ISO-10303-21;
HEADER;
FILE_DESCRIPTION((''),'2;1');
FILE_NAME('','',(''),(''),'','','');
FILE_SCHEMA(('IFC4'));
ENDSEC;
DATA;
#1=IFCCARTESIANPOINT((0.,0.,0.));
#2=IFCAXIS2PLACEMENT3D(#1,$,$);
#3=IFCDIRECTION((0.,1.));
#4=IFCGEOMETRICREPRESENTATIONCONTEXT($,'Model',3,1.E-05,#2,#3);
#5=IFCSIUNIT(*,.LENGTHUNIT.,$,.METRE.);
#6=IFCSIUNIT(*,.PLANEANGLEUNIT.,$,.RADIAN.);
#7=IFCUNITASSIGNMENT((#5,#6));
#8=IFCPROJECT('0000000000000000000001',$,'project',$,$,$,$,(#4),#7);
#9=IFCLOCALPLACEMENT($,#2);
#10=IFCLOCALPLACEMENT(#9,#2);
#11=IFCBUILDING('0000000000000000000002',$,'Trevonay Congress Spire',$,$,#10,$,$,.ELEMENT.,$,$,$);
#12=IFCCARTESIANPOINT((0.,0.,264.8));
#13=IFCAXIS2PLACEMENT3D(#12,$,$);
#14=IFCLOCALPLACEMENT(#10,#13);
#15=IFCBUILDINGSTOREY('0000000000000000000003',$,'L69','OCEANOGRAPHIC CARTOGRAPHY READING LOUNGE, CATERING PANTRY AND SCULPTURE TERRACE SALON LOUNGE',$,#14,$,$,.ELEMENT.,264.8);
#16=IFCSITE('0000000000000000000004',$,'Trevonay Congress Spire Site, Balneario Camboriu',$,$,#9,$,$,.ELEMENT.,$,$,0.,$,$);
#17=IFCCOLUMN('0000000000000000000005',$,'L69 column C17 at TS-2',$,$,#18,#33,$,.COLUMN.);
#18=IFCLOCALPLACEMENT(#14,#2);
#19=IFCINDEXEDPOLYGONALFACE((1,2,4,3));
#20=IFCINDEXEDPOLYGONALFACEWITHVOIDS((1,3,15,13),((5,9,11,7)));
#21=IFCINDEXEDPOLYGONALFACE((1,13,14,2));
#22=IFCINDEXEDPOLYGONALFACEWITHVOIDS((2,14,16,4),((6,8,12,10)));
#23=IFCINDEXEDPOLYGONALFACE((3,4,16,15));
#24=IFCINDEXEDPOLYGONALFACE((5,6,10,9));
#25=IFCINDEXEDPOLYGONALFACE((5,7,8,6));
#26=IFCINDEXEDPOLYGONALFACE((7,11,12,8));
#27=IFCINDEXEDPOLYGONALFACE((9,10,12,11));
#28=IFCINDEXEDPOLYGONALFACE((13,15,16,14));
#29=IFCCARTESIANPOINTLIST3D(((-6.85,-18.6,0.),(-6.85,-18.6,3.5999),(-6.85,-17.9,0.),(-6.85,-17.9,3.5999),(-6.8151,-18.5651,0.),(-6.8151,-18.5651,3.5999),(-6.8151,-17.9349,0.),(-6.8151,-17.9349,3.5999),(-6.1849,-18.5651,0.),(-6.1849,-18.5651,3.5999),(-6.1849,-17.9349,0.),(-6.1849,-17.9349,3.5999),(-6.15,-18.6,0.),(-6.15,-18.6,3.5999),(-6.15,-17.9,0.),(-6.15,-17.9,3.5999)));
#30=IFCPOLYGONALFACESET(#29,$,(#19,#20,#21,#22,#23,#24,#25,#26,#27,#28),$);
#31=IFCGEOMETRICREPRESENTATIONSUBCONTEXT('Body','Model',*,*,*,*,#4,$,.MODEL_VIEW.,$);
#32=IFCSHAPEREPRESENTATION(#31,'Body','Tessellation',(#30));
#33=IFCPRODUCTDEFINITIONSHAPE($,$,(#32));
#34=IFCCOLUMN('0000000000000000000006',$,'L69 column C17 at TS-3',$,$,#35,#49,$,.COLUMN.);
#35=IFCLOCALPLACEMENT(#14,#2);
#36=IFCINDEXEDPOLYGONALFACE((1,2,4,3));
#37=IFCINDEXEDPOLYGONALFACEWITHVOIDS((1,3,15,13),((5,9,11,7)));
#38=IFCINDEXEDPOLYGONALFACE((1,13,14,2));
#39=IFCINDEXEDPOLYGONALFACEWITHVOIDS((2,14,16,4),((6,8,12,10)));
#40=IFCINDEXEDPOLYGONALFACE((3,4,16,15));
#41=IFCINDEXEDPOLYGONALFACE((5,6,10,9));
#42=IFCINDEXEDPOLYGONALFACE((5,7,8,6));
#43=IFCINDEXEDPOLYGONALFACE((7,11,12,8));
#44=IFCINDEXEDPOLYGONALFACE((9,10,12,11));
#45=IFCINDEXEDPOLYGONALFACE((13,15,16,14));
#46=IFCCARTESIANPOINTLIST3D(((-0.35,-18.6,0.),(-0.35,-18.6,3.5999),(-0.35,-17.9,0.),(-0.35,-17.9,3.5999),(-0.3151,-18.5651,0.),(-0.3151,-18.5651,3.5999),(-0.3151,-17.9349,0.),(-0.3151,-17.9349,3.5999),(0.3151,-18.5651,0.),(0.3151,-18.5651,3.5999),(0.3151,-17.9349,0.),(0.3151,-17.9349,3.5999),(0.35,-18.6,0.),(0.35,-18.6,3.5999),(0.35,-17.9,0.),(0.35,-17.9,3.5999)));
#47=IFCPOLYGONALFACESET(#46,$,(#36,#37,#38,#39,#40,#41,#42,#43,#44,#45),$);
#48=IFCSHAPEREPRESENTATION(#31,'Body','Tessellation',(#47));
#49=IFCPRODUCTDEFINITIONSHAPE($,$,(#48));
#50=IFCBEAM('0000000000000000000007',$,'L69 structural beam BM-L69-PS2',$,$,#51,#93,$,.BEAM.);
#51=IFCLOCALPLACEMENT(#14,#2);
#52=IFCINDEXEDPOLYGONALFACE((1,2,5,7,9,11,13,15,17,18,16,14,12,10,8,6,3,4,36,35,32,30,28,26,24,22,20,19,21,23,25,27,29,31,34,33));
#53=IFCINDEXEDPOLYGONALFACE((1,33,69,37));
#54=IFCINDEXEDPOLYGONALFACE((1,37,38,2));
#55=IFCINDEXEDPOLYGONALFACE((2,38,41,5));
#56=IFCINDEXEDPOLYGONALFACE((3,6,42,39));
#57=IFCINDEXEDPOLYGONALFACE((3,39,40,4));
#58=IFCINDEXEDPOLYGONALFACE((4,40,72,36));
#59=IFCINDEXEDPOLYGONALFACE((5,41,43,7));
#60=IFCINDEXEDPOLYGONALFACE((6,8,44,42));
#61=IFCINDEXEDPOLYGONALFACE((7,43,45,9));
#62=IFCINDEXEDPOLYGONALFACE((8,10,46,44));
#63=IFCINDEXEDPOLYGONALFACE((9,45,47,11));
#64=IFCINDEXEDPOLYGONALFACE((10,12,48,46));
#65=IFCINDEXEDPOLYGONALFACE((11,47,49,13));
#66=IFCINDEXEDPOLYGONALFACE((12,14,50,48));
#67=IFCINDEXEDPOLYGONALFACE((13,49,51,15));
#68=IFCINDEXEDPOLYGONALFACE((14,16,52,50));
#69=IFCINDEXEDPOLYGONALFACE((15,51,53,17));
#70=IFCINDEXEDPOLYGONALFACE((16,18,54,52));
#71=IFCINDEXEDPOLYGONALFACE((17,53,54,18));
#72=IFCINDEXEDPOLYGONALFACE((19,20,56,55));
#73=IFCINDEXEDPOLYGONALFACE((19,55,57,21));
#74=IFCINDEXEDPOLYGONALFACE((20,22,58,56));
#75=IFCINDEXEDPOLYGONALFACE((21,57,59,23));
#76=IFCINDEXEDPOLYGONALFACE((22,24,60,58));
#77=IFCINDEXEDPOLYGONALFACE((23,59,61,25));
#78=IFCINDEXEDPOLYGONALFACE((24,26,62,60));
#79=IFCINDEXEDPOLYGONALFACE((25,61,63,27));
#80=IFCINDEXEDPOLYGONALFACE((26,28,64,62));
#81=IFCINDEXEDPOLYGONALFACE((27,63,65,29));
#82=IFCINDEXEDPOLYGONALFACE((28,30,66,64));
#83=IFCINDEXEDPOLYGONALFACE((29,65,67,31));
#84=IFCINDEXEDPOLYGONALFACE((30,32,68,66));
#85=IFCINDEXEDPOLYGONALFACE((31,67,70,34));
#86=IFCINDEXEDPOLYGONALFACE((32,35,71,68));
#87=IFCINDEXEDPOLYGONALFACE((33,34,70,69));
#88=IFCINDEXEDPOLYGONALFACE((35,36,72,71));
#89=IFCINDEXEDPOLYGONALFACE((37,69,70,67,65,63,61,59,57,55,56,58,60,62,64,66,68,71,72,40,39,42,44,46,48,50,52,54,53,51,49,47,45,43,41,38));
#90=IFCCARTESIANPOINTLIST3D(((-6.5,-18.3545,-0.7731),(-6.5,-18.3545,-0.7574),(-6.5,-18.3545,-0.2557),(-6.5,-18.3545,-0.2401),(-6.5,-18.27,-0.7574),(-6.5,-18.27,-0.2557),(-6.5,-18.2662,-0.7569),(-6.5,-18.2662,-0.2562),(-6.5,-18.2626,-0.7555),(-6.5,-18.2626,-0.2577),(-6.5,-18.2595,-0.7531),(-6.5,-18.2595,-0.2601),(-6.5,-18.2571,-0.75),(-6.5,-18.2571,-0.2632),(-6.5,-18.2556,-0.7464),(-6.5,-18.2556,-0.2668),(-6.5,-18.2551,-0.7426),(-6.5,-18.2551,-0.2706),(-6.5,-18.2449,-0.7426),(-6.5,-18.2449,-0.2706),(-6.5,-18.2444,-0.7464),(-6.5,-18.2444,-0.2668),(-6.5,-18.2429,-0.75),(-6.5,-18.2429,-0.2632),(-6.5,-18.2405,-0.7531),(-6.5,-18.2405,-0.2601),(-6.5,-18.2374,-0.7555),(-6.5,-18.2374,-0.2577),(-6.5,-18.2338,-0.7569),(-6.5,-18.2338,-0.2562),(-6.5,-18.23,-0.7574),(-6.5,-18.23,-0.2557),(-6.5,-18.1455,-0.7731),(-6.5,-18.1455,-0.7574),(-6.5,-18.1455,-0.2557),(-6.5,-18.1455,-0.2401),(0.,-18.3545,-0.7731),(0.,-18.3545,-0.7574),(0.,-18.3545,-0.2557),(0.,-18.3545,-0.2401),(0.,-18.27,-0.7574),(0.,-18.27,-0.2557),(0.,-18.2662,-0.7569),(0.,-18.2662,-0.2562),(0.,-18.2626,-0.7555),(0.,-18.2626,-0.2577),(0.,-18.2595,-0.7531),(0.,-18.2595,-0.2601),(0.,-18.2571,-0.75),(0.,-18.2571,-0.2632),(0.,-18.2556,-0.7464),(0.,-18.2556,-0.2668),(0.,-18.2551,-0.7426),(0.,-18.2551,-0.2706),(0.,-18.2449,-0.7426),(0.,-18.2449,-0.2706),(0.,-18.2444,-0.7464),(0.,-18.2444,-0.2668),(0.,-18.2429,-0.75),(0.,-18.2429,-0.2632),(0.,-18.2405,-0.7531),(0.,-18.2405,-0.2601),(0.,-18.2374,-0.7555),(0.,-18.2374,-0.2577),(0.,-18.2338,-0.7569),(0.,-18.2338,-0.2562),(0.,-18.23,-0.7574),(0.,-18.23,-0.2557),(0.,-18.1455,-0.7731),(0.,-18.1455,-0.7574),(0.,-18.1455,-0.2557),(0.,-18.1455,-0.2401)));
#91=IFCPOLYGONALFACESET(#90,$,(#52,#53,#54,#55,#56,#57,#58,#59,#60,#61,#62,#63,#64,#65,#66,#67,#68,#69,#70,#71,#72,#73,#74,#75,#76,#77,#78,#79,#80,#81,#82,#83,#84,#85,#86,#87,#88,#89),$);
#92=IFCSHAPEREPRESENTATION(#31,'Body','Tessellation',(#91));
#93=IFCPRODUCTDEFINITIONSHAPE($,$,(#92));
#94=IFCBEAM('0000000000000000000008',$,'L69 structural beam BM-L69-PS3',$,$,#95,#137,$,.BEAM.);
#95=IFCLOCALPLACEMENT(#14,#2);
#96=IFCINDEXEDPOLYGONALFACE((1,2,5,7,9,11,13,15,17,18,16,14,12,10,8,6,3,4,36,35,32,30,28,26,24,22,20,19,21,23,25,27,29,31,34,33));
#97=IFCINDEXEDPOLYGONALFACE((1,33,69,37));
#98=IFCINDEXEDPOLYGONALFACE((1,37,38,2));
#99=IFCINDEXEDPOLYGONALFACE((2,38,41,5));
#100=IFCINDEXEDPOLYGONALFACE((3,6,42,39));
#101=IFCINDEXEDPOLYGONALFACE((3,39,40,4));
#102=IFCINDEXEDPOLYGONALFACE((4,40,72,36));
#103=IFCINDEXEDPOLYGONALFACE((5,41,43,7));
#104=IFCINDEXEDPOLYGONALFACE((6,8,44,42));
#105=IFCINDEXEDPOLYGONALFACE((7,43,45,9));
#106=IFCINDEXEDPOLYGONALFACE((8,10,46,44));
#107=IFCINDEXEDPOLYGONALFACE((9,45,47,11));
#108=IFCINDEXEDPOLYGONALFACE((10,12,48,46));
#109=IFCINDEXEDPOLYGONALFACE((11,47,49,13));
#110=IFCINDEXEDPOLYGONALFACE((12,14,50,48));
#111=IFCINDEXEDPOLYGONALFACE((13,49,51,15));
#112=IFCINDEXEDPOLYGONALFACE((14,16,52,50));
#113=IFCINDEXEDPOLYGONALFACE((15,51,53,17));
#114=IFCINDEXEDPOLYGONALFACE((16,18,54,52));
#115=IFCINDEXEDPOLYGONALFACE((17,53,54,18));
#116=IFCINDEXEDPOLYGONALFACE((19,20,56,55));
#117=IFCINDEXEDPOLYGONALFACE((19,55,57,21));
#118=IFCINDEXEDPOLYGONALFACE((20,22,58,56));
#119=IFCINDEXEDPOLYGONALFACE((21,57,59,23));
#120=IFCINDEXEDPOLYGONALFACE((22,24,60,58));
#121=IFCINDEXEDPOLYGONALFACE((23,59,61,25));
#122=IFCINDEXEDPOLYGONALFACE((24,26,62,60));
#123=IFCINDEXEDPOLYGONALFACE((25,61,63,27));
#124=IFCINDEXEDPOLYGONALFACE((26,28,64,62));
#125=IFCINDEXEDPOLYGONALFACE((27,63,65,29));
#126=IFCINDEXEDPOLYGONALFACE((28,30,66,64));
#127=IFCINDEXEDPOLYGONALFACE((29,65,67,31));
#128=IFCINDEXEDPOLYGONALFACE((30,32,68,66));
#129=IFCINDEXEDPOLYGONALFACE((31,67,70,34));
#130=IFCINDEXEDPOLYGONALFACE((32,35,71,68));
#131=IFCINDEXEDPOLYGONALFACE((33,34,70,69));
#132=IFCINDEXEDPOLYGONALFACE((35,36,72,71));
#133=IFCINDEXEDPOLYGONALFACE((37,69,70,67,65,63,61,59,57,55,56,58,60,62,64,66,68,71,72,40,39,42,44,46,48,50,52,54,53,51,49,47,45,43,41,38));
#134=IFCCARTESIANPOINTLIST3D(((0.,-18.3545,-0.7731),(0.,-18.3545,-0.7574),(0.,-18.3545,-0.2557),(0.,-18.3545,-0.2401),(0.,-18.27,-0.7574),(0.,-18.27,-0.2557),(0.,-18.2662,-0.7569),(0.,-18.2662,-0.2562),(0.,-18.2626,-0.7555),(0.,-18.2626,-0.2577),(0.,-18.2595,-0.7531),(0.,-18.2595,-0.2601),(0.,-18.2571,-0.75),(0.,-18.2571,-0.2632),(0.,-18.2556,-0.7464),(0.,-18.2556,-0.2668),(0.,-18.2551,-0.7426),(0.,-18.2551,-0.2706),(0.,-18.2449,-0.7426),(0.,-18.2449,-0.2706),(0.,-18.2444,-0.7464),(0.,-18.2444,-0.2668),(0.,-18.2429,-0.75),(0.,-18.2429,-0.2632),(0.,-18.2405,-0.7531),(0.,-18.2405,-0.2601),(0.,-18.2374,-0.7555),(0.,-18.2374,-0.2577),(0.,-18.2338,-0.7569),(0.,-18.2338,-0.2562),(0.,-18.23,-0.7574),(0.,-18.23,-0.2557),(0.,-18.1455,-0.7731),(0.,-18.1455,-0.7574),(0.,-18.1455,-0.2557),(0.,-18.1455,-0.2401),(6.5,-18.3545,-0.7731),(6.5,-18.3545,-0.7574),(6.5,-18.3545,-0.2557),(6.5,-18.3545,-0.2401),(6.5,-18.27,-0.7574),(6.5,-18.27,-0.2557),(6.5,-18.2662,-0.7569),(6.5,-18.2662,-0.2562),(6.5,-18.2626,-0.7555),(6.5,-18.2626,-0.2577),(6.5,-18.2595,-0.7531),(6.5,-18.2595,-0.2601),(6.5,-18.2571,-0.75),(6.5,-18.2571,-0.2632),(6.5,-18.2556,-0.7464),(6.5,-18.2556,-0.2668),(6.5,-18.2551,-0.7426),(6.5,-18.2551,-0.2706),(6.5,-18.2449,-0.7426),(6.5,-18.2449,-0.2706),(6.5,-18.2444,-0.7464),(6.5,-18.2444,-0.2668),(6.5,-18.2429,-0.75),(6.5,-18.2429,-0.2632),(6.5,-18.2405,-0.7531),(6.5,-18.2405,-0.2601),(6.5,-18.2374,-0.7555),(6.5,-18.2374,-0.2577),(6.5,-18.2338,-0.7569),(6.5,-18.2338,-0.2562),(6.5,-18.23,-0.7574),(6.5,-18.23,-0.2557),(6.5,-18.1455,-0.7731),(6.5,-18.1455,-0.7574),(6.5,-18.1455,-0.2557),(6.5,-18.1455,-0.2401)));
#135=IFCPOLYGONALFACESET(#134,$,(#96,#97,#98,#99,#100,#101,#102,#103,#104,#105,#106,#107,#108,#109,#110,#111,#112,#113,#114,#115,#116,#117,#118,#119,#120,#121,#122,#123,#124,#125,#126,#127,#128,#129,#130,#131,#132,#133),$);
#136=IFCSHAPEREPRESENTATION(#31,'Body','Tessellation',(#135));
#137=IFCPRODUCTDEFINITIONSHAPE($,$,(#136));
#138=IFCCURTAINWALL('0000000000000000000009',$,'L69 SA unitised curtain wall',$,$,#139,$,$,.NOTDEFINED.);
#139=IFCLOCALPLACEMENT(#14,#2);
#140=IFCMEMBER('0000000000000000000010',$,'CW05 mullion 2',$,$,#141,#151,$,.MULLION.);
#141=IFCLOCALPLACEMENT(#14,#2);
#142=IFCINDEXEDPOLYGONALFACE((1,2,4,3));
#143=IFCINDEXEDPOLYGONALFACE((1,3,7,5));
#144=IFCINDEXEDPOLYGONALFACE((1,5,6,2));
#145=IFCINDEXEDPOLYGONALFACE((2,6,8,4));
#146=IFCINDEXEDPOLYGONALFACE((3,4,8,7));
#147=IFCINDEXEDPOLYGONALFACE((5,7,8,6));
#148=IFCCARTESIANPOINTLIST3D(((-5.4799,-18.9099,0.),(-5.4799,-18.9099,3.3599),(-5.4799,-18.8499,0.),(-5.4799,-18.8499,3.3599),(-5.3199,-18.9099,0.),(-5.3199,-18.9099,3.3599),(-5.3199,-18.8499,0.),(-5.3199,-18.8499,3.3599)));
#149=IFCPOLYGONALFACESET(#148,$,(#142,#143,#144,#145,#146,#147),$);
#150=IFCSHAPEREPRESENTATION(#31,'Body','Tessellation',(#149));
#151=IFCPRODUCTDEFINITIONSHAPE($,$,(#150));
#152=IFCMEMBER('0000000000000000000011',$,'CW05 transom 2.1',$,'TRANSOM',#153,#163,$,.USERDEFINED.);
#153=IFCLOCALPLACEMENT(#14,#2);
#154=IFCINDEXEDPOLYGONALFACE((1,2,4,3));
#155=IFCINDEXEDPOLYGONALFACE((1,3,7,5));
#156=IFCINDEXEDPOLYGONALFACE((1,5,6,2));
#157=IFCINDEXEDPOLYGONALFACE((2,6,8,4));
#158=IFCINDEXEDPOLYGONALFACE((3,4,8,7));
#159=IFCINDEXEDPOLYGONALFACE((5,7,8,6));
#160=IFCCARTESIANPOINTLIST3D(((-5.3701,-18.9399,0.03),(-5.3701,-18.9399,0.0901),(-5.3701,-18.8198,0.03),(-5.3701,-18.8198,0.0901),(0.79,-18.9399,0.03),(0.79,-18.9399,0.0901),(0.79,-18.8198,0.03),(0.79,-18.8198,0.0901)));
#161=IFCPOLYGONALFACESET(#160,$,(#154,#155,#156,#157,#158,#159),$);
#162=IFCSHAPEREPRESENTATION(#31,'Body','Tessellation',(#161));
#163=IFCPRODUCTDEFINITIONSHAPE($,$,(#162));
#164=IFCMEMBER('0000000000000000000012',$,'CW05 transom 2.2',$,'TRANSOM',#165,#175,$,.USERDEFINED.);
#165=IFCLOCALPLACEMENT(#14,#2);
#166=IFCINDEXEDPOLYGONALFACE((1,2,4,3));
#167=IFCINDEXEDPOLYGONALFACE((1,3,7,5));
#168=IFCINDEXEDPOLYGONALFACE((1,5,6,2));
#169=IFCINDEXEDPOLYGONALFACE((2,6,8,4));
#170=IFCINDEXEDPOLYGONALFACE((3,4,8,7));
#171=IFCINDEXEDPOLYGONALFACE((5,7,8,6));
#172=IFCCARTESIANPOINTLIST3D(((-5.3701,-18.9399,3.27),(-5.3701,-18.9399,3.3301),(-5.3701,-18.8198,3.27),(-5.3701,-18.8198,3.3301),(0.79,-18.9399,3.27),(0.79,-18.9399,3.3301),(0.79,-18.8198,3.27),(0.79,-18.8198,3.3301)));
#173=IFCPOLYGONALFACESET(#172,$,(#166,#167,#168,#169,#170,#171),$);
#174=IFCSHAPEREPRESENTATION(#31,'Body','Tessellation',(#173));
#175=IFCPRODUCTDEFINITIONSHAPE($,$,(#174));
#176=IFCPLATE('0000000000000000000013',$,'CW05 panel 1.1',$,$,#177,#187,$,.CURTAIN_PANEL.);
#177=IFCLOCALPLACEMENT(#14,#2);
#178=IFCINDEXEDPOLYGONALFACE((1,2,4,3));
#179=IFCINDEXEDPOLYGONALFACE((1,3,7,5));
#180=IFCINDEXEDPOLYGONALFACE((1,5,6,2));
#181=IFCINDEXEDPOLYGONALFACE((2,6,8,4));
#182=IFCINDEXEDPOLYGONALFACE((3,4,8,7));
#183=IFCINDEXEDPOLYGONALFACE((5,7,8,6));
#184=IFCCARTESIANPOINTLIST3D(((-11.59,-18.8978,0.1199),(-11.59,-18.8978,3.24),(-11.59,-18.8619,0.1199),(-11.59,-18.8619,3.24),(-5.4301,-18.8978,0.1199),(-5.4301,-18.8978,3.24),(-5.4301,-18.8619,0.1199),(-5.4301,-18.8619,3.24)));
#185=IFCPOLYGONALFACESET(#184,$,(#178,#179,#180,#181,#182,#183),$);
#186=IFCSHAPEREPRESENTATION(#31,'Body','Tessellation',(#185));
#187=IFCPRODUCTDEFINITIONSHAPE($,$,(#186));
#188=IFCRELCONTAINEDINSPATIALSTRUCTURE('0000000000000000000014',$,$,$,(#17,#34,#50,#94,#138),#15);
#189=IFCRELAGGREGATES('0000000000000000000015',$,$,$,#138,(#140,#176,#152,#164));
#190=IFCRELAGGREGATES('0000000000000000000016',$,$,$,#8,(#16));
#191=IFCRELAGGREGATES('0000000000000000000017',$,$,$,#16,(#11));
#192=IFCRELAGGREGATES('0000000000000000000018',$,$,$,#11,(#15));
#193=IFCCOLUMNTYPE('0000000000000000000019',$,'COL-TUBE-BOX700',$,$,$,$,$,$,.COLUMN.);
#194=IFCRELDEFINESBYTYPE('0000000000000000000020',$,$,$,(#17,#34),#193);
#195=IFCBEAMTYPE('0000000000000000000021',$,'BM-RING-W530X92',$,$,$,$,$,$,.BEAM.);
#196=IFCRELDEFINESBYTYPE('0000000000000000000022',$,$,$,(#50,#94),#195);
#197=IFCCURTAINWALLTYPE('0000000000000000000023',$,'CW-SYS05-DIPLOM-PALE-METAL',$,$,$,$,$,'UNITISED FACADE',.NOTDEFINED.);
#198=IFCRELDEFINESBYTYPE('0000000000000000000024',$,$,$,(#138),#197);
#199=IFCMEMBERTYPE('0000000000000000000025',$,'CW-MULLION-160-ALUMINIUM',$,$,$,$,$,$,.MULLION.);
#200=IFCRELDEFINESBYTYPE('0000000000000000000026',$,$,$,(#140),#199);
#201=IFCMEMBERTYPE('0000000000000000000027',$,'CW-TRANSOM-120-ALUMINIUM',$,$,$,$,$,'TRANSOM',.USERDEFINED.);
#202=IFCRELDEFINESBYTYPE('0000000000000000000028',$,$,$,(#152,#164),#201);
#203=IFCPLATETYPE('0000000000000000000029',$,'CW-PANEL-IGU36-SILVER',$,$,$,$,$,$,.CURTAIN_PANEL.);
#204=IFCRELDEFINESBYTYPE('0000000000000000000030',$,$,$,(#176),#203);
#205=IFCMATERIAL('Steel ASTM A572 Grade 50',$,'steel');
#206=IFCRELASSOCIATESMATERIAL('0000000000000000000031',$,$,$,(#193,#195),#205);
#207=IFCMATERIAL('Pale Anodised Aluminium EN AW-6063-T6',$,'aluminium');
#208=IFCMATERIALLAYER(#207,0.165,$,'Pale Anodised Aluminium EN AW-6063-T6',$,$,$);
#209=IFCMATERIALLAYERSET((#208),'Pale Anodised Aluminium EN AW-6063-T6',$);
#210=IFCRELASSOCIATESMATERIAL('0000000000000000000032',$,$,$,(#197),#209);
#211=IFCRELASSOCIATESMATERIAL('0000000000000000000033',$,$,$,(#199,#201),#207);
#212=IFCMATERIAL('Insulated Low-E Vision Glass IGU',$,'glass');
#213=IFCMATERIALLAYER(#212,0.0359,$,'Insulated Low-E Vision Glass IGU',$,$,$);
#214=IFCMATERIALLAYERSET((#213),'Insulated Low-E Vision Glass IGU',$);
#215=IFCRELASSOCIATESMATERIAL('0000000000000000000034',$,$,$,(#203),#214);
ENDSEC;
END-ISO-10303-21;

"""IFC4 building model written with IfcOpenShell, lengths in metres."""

from ifc_helpers import new_model, si_unit, direction, frame, origin, origin_2d, place, context, subcontext, project, spatial, rectangle, hollow_rectangle, i_section, extrude, material, layer, layer_set, material_profile, profile_set, type_object, element, aggregate, save


model = new_model("IFC4")

# Units and contexts
model_context = context("Model", 3, precision=1e-05, world=origin(), true_north=direction((0.0, 1.0)))
body_context = subcontext(model_context, "Body", "Model", "MODEL_VIEW")
ifc_project = project(units=[si_unit("LENGTHUNIT", "METRE"), si_unit("PLANEANGLEUNIT", "RADIAN")], contexts=[model_context])

# Site, building, storey
site_placement = place(None, origin())
site = spatial("IfcSite", under=ifc_project, at=site_placement, Name="Trevonay Congress Spire Site, Balneario Camboriu", CompositionType="ELEMENT", RefElevation=0.0)
building_placement = place(site_placement, origin())
building = spatial("IfcBuilding", under=site, at=building_placement, Name="Trevonay Congress Spire", CompositionType="ELEMENT")
storey_placement = place(building_placement, frame((0.0, 0.0, 264.8)))
storey = spatial("IfcBuildingStorey", under=building, at=storey_placement, Name="L69", Description="OCEANOGRAPHIC CARTOGRAPHY READING LOUNGE, CATERING PANTRY AND SCULPTURE TERRACE SALON LOUNGE", CompositionType="ELEMENT", Elevation=264.8)

# Columns
ifc_material_1 = material(Name="Steel ASTM A572 Grade 50", Category="steel")
ifc_material_profile_1 = material_profile(ifc_material_1, hollow_rectangle(XDim=0.7, YDim=0.7, WallThickness=0.0349, at=origin_2d()), Name="BOX 700x700x35")
ifc_profile_set_1 = profile_set([ifc_material_profile_1], Name="Steel ASTM A572 Grade 50")
column_type = type_object("IfcColumnType", Name="COL-TUBE-BOX700", PredefinedType="COLUMN", material=ifc_profile_set_1)
for number, where, z_axis, x_axis, name in (
    (1, (-6.5, -18.25, 0.0), (0.0, 0.0, 1.0), (1.0, 0.0, 0.0), "L69 column C17 at TS-2"),
    (2, (0.0, -18.25, 0.0), (0.0, 0.0, 1.0), (1.0, 0.0, 0.0), "L69 column C17 at TS-3"),
):
    element("IfcColumn", number, at=place(storey_placement, frame(where, z_axis=z_axis, x_axis=x_axis)), inside=storey, type_object=column_type, Name=name, PredefinedType="COLUMN", context=body_context, shape_type="SweptSolid", body=[
        extrude(hollow_rectangle(XDim=0.7, YDim=0.7, WallThickness=0.0349, at=origin_2d()), origin(), (0.0, 0.0, 1.0), 3.5999),
    ])

# Beams
ifc_material_profile_2 = material_profile(ifc_material_1, i_section(OverallWidth=0.209, OverallDepth=0.533, WebThickness=0.0103, FlangeThickness=0.0156, FilletRadius=0.0149, at=origin_2d()), Name="W530x92")
ifc_profile_set_2 = profile_set([ifc_material_profile_2], Name="Steel ASTM A572 Grade 50")
beam_type = type_object("IfcBeamType", Name="BM-RING-W530X92", PredefinedType="BEAM", material=ifc_profile_set_2)
for number, where, z_axis, x_axis, name in (
    (3, (-6.5, -18.25, -0.5066), (1.0, 0.0, 0.0), (0.0, 1.0, 0.0), "L69 structural beam BM-L69-PS2"),
    (4, (0.0, -18.25, -0.5066), (1.0, 0.0, 0.0), (0.0, 1.0, 0.0), "L69 structural beam BM-L69-PS3"),
):
    element("IfcBeam", number, at=place(storey_placement, frame(where, z_axis=z_axis, x_axis=x_axis)), inside=storey, type_object=beam_type, Name=name, PredefinedType="BEAM", context=body_context, shape_type="SweptSolid", body=[
        extrude(i_section(OverallWidth=0.209, OverallDepth=0.533, WebThickness=0.0103, FlangeThickness=0.0156, FilletRadius=0.0149, at=origin_2d()), origin(), (0.0, 0.0, 1.0), 6.5),
    ])

# Curtain wall, members, plate
ifc_material_2 = material(Name="Pale Anodised Aluminium EN AW-6063-T6", Category="aluminium")
ifc_layer_1 = layer(ifc_material_2, 0.165, Name="Pale Anodised Aluminium EN AW-6063-T6")
ifc_layer_set_1 = layer_set([ifc_layer_1], Name="Pale Anodised Aluminium EN AW-6063-T6")
curtain_wall_type = type_object("IfcCurtainWallType", Name="CW-SYS05-DIPLOM-PALE-METAL", ElementType="UNITISED FACADE", PredefinedType="NOTDEFINED", material=ifc_layer_set_1)
curtain_wall_placement = place(storey_placement, origin())
curtain_wall = element("IfcCurtainWall", 5, at=curtain_wall_placement, inside=storey, type_object=curtain_wall_type, Name="L69 SA unitised curtain wall", PredefinedType="NOTDEFINED")
ifc_material_profile_3 = material_profile(ifc_material_2, rectangle(XDim=0.0601, YDim=0.1599, at=origin_2d()), Name="CW-MULLION-160-ALUMINIUM")
ifc_profile_set_3 = profile_set([ifc_material_profile_3], Name="Pale Anodised Aluminium EN AW-6063-T6")
member_type_1 = type_object("IfcMemberType", Name="CW-MULLION-160-ALUMINIUM", PredefinedType="MULLION", material=ifc_profile_set_3)
member_1_placement = place(storey_placement, frame((-5.3999, -18.8799, 0.0), z_axis=(0.0, 0.0, 1.0), x_axis=(0.0, 1.0, 0.0)))
member_1 = element("IfcMember", 6, at=member_1_placement, type_object=member_type_1, Name="CW05 mullion 2", PredefinedType="MULLION", context=body_context, shape_type="SweptSolid", body=[
    extrude(rectangle(XDim=0.0601, YDim=0.1599, at=origin_2d()), origin(), (0.0, 0.0, 1.0), 3.3599),
])
ifc_material_profile_4 = material_profile(ifc_material_2, rectangle(XDim=0.1201, YDim=0.0601, at=origin_2d()), Name="CW-TRANSOM-120-ALUMINIUM")
ifc_profile_set_4 = profile_set([ifc_material_profile_4], Name="Pale Anodised Aluminium EN AW-6063-T6")
member_type_2 = type_object("IfcMemberType", Name="CW-TRANSOM-120-ALUMINIUM", ElementType="TRANSOM", PredefinedType="USERDEFINED", material=ifc_profile_set_4)
member_2_placement = place(storey_placement, frame((-5.3701, -18.8799, 0.0601), z_axis=(1.0, 0.0, 0.0), x_axis=(0.0, 1.0, 0.0)))
member_2 = element("IfcMember", 7, at=member_2_placement, type_object=member_type_2, Name="CW05 transom 2.1", ObjectType="TRANSOM", PredefinedType="USERDEFINED", context=body_context, shape_type="SweptSolid", body=[
    extrude(rectangle(XDim=0.1201, YDim=0.0601, at=origin_2d()), origin(), (0.0, 0.0, 1.0), 6.1602),
])
member_3_placement = place(storey_placement, frame((-5.3701, -18.8799, 3.3), z_axis=(1.0, 0.0, 0.0), x_axis=(0.0, 1.0, 0.0)))
member_3 = element("IfcMember", 8, at=member_3_placement, type_object=member_type_2, Name="CW05 transom 2.2", ObjectType="TRANSOM", PredefinedType="USERDEFINED", context=body_context, shape_type="SweptSolid", body=[
    extrude(rectangle(XDim=0.1201, YDim=0.0601, at=origin_2d()), origin(), (0.0, 0.0, 1.0), 6.1602),
])
ifc_material_3 = material(Name="Insulated Low-E Vision Glass IGU", Category="glass")
ifc_layer_2 = layer(ifc_material_3, 0.0359, Name="Insulated Low-E Vision Glass IGU")
ifc_layer_set_2 = layer_set([ifc_layer_2], Name="Insulated Low-E Vision Glass IGU")
plate_type = type_object("IfcPlateType", Name="CW-PANEL-IGU36-SILVER", PredefinedType="CURTAIN_PANEL", material=ifc_layer_set_2)
plate_1_placement = place(storey_placement, frame((-8.51, -18.8799, 0.1199), z_axis=(0.0, 0.0, 1.0), x_axis=(1.0, 0.0, 0.0)))
plate_1 = element("IfcPlate", 9, at=plate_1_placement, type_object=plate_type, Name="CW05 panel 1.1", PredefinedType="CURTAIN_PANEL", context=body_context, shape_type="SweptSolid", body=[
    extrude(rectangle(XDim=6.1599, YDim=0.0359, at=origin_2d()), origin(), (0.0, 0.0, 1.0), 3.1201),
])
aggregate(curtain_wall, [member_1, plate_1, member_2, member_3])

save(model, "model.ifc")
